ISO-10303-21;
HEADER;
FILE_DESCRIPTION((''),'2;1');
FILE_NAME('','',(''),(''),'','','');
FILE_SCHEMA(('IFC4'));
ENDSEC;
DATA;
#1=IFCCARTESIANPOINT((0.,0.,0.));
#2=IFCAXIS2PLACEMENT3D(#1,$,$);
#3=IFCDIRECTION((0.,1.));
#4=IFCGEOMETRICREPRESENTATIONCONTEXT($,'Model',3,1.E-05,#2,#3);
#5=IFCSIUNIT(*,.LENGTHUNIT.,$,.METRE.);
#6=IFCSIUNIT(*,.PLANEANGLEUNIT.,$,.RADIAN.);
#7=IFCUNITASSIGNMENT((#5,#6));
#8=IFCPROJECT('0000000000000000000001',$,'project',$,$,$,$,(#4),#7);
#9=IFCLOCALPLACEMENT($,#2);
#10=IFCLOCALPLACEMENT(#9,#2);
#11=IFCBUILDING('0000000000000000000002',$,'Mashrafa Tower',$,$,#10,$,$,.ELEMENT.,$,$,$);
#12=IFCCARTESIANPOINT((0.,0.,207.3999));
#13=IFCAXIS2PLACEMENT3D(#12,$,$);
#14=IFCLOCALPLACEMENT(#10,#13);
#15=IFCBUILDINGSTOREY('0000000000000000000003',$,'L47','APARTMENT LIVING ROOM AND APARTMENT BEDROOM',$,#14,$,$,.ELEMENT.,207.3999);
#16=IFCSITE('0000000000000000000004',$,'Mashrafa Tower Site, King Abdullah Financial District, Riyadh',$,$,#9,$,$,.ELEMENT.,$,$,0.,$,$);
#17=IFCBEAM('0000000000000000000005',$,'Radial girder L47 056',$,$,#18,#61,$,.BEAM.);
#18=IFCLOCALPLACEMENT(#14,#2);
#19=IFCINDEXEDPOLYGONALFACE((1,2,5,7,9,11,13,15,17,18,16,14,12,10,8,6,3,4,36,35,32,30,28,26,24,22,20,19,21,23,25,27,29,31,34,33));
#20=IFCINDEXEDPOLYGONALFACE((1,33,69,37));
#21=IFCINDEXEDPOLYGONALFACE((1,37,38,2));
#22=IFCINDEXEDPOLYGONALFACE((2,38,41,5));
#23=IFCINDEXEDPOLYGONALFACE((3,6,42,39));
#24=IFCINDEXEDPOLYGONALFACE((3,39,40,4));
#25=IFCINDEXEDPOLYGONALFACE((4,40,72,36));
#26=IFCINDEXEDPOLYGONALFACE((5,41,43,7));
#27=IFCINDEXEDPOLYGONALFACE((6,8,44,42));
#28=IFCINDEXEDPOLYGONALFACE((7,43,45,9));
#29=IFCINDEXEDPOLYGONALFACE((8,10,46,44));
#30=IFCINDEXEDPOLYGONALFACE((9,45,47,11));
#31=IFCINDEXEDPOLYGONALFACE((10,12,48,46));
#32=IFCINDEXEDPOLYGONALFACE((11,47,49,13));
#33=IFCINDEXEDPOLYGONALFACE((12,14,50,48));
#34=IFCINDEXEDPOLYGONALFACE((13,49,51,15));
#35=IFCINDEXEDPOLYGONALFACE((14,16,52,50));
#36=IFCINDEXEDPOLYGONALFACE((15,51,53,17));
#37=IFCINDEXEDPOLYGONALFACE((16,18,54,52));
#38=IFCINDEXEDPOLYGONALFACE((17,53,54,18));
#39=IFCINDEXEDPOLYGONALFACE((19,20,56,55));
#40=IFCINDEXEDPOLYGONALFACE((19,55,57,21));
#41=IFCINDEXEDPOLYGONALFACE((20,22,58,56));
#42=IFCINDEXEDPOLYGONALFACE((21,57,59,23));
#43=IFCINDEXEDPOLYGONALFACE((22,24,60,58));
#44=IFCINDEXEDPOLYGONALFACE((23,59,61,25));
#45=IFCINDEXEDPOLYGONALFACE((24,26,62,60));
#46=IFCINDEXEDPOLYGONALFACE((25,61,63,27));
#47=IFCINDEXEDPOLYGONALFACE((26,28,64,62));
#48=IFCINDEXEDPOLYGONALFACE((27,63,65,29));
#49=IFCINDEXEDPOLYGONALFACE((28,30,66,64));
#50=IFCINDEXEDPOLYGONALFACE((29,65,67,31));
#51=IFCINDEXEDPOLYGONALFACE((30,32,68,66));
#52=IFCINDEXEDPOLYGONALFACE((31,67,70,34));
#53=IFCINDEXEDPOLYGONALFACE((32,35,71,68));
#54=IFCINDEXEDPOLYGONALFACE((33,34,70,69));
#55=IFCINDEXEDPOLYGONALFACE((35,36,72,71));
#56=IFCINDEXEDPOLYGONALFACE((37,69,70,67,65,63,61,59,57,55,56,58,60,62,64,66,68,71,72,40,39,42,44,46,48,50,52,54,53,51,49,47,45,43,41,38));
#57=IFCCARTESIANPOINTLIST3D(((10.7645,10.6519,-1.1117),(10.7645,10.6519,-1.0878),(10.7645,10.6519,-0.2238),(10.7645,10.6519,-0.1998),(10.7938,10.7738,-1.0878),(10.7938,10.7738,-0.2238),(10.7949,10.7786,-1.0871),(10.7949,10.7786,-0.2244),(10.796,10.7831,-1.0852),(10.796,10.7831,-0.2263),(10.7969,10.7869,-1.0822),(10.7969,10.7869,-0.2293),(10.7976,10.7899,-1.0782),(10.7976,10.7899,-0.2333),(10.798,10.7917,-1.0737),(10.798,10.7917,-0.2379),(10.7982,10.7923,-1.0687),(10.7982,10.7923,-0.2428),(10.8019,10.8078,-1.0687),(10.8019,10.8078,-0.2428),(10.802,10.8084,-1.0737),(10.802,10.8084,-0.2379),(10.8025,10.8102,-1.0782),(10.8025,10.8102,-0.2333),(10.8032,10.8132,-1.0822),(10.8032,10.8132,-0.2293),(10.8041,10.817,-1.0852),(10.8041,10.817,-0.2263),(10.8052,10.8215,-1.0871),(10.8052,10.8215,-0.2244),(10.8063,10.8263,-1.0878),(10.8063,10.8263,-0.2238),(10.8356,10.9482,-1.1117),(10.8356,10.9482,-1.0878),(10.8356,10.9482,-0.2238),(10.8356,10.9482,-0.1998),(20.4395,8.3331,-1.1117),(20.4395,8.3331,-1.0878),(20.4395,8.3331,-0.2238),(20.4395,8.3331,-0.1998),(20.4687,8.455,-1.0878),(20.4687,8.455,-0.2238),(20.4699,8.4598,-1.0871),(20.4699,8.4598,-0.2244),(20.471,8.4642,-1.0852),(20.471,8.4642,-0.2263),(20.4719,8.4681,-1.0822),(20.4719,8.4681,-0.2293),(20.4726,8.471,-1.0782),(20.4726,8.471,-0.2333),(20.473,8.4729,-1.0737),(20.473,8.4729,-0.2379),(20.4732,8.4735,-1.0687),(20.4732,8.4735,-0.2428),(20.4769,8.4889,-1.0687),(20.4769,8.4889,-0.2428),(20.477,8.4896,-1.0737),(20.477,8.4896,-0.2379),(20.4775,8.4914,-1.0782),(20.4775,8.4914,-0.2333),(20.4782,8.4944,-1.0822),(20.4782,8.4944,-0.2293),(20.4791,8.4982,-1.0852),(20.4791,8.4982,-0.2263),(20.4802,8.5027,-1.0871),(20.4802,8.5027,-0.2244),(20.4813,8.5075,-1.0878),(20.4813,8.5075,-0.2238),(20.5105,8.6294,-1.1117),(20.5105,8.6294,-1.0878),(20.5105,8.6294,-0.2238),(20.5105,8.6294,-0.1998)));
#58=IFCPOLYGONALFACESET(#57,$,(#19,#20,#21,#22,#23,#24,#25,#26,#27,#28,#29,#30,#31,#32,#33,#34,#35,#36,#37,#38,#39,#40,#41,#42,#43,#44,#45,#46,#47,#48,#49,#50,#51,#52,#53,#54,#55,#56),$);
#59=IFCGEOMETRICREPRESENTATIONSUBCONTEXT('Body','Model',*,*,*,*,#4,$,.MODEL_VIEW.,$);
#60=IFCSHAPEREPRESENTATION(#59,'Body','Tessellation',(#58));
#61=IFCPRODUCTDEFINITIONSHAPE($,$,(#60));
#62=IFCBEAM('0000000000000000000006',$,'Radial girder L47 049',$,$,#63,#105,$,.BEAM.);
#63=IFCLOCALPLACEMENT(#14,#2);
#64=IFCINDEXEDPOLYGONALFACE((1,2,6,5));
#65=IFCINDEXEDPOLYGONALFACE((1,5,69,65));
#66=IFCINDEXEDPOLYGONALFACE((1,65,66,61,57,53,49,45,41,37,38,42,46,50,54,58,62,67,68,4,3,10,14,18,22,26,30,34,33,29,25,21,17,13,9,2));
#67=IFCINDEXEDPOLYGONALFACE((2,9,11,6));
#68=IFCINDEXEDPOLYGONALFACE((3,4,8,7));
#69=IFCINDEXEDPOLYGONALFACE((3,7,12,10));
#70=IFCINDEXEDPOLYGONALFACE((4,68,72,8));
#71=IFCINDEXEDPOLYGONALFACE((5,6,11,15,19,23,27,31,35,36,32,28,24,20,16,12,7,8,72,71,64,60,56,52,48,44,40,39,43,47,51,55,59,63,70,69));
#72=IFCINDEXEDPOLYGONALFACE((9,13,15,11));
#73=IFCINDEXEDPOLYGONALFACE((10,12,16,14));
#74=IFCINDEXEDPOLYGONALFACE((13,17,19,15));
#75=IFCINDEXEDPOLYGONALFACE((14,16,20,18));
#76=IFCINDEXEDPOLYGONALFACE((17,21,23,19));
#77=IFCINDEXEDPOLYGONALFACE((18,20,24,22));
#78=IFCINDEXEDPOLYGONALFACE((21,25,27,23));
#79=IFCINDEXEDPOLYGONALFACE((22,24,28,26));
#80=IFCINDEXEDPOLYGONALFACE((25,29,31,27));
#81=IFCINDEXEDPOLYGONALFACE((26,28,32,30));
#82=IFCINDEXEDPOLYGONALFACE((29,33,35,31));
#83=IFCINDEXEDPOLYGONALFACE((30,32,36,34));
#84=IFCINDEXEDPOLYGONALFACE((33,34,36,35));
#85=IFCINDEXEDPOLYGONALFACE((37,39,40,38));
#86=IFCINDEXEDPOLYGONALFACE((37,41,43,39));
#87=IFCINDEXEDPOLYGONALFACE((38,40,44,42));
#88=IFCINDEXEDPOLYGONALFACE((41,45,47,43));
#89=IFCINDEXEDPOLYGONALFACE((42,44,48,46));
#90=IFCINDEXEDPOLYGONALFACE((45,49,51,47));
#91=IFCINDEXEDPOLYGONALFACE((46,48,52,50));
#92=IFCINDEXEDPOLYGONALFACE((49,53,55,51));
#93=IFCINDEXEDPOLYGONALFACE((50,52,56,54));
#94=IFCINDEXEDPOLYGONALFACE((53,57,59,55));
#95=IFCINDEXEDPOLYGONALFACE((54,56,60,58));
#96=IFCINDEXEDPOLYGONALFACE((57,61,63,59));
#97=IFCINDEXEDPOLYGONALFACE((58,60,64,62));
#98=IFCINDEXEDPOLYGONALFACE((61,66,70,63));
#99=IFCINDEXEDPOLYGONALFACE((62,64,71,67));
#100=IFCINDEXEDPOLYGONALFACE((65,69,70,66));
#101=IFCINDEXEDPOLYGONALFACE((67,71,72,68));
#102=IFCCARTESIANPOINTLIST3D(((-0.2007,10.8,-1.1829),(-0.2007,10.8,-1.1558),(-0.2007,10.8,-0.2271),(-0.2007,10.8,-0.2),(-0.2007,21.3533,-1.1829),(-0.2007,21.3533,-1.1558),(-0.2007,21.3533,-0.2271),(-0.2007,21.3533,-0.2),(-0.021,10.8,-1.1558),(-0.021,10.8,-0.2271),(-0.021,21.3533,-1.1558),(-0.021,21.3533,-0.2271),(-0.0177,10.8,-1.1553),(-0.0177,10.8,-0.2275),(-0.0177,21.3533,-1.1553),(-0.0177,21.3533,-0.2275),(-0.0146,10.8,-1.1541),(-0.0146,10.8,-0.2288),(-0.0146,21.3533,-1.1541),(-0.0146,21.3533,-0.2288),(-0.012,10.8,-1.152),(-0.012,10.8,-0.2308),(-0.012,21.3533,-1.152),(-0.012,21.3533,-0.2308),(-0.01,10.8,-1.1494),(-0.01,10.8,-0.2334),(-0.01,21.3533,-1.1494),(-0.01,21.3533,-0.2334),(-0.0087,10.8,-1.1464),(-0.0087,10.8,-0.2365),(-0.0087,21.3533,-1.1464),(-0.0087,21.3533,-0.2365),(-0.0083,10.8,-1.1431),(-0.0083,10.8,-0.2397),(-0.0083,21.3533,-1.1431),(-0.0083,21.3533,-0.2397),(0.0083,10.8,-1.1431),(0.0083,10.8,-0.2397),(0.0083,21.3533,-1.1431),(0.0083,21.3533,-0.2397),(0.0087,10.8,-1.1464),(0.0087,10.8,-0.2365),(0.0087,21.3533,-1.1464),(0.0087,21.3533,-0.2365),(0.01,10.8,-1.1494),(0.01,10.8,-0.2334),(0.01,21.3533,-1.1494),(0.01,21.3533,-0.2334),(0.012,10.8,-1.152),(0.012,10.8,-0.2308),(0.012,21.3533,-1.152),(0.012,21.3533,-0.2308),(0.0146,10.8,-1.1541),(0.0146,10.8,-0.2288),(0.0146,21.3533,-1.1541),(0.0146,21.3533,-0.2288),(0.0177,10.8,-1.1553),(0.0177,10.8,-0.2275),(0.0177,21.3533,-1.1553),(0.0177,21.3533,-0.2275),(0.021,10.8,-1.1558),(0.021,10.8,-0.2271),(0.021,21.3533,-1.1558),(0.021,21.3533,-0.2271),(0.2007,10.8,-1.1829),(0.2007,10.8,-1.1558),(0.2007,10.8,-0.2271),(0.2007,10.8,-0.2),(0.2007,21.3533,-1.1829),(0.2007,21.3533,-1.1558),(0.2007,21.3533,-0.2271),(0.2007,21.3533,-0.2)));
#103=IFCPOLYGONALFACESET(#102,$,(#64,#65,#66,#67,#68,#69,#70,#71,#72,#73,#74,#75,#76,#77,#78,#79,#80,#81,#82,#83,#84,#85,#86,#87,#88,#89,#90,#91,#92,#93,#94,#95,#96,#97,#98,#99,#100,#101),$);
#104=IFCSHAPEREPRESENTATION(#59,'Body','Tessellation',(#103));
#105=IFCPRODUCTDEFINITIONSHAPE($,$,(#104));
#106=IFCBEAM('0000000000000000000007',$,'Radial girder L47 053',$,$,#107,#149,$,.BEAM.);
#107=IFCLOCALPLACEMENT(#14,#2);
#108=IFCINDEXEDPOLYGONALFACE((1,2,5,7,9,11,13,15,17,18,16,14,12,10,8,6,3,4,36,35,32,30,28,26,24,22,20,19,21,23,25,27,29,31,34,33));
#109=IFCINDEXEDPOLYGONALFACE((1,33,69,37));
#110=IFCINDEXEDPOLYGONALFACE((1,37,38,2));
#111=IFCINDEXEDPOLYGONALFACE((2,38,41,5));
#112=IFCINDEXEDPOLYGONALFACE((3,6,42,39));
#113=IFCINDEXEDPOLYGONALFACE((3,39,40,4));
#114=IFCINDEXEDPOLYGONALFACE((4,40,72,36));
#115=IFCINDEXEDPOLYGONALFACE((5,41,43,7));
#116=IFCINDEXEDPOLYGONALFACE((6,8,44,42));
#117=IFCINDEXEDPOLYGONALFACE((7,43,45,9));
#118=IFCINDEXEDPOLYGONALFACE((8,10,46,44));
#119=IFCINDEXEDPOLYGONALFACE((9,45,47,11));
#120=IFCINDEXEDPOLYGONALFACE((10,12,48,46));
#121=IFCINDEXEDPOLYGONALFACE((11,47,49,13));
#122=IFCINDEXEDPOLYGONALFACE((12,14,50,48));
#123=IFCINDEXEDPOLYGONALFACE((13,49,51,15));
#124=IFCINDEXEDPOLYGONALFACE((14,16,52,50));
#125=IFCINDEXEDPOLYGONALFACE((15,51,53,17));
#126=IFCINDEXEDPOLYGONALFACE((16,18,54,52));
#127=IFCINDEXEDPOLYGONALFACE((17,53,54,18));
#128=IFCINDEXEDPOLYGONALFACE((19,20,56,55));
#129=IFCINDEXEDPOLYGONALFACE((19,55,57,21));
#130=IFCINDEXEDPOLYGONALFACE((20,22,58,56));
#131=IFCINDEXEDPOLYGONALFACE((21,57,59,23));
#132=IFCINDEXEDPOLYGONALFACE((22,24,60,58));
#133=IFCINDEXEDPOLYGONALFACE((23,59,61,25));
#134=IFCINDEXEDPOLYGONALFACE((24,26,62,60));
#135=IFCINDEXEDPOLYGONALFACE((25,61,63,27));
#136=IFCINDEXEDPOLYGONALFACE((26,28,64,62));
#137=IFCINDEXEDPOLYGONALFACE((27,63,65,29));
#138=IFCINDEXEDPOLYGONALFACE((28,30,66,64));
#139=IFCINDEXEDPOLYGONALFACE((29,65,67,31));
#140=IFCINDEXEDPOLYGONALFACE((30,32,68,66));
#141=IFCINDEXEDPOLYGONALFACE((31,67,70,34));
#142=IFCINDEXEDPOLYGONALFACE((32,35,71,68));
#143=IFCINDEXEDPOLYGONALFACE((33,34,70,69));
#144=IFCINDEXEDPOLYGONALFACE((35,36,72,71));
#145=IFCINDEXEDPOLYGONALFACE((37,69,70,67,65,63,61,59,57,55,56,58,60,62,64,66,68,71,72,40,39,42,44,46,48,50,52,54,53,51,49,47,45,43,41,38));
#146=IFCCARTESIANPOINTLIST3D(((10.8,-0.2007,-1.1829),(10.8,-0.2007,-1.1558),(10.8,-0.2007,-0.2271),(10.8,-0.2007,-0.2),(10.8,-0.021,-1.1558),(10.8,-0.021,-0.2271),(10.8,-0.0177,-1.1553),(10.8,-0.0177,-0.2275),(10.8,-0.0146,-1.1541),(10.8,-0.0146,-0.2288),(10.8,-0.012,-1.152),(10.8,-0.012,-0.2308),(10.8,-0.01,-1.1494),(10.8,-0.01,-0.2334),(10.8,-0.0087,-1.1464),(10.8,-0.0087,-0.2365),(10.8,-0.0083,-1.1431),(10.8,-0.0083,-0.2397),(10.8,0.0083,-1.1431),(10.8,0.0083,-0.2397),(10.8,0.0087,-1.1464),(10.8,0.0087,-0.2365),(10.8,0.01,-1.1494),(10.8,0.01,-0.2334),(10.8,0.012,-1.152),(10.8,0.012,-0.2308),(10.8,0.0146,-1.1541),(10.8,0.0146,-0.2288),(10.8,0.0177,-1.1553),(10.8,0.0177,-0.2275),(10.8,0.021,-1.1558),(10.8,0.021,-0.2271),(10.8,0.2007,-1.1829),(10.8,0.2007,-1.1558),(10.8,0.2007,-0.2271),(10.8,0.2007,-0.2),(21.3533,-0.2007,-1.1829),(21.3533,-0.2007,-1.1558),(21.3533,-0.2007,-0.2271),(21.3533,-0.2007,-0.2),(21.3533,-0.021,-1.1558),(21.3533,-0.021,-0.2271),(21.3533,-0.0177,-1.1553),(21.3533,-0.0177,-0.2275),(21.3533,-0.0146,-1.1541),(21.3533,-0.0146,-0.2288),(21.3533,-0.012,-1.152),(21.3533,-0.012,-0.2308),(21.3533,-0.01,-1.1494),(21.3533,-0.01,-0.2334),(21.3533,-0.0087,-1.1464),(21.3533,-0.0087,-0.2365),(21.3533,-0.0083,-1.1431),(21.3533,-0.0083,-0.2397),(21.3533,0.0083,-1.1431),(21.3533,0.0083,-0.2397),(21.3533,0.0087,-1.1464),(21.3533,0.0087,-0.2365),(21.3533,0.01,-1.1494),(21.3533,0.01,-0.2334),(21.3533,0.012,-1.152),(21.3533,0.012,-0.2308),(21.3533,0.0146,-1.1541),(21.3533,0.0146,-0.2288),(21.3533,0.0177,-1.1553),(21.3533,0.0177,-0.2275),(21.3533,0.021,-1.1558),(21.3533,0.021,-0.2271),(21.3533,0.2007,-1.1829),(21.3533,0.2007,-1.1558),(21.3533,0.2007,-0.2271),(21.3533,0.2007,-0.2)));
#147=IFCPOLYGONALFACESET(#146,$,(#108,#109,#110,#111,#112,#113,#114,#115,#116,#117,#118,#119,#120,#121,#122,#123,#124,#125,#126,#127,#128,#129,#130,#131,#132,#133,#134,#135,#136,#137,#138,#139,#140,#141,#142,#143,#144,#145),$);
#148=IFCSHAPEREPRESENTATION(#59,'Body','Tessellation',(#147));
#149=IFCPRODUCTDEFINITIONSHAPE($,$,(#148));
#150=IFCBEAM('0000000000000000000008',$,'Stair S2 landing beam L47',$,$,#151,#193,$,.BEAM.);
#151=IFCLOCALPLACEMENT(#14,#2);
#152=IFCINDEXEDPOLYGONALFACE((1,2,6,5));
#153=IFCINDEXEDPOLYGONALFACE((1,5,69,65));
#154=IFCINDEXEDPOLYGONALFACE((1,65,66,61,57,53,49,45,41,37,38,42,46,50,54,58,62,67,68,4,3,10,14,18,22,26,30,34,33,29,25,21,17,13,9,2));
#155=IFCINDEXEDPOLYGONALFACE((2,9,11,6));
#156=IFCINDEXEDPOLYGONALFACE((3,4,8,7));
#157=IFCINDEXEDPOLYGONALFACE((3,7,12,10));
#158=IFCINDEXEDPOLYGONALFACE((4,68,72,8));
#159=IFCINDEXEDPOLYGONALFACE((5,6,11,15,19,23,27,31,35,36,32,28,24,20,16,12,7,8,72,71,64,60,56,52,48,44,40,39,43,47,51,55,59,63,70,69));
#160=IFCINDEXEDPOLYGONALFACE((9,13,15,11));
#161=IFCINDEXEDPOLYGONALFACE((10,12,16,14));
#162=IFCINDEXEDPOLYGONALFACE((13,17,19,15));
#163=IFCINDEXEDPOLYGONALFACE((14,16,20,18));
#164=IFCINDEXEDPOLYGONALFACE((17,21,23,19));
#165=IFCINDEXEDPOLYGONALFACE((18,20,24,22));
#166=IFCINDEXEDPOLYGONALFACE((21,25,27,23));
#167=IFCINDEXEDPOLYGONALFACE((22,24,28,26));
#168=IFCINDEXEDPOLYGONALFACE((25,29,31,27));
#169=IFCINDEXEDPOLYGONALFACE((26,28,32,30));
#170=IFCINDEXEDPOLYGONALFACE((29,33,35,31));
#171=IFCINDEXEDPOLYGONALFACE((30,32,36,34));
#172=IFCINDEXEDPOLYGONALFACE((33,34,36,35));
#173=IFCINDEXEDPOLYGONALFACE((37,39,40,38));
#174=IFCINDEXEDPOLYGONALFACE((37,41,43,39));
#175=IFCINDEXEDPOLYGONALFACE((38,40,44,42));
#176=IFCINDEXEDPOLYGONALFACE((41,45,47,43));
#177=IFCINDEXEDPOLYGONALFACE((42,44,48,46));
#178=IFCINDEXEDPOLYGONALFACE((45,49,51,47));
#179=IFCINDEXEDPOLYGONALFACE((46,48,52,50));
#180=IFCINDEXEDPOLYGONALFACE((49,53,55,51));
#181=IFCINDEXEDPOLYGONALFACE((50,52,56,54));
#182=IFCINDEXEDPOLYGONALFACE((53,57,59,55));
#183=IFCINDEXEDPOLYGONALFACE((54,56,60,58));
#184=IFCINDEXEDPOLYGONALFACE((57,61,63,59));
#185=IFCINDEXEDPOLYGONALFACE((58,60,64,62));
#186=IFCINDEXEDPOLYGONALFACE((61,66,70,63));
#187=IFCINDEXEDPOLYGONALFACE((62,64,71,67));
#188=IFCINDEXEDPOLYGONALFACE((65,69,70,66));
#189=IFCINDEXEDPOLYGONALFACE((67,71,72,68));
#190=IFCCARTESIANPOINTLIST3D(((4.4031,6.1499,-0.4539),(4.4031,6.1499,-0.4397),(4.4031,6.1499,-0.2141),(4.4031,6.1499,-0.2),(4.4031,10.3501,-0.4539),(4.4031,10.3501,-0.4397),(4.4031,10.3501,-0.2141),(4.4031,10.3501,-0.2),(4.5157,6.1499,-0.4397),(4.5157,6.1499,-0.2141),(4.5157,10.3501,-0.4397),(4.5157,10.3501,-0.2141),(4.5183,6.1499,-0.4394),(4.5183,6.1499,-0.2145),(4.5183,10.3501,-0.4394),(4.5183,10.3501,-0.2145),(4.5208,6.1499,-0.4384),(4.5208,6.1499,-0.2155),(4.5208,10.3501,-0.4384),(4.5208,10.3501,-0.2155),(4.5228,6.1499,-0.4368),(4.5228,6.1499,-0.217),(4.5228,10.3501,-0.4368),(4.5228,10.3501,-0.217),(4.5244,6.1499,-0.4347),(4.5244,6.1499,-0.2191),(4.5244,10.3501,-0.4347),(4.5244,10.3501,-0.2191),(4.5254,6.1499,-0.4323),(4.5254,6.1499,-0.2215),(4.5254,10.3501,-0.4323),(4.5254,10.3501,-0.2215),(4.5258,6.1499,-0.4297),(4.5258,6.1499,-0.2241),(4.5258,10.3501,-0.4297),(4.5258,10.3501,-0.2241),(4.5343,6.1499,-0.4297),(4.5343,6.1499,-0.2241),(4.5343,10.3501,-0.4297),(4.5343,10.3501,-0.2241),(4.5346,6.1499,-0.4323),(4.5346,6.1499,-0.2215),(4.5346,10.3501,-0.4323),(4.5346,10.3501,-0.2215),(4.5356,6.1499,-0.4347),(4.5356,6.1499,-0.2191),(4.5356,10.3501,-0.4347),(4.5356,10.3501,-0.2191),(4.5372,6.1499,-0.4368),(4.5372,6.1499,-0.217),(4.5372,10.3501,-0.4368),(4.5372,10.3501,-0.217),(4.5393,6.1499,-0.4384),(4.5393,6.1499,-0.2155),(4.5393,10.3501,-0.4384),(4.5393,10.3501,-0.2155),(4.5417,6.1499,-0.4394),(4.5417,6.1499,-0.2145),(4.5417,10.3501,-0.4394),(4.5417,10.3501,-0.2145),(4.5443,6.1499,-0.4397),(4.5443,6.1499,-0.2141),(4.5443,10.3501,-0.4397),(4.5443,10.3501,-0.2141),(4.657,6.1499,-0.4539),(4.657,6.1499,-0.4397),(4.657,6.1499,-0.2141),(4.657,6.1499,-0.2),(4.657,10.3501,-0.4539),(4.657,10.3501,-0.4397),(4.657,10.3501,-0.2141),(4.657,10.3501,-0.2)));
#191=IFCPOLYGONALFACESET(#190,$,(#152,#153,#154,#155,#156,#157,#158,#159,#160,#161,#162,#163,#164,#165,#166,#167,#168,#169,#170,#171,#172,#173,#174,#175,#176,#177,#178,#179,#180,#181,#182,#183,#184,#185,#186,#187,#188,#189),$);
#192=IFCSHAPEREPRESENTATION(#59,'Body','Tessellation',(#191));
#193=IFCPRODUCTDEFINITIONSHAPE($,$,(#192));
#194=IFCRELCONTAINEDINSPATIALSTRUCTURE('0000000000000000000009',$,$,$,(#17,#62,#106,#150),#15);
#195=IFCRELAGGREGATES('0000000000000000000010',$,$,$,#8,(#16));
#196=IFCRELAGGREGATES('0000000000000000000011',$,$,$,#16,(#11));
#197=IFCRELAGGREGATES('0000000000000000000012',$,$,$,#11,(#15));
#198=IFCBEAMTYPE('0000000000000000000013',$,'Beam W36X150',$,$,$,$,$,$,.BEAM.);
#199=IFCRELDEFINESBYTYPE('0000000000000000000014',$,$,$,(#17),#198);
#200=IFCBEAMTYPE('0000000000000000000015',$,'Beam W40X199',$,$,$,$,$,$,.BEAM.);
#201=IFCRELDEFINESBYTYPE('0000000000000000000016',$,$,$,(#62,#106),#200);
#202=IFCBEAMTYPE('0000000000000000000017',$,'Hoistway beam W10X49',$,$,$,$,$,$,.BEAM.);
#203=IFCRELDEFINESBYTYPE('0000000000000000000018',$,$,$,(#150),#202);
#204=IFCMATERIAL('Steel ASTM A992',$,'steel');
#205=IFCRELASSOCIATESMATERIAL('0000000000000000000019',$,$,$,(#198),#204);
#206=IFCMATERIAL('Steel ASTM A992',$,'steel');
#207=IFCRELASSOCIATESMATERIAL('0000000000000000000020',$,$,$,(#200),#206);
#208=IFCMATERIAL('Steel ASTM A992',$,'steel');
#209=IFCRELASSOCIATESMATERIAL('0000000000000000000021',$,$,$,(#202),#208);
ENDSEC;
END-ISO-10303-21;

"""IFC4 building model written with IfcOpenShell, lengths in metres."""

from ifc_helpers import new_model, si_unit, direction, frame, origin, origin_2d, place, context, subcontext, project, spatial, i_section, extrude, material, material_profile, profile_set, type_object, element, save


model = new_model("IFC4")

# Units and contexts
model_context = context("Model", 3, precision=1e-05, world=origin(), true_north=direction((0.0, 1.0)))
body_context = subcontext(model_context, "Body", "Model", "MODEL_VIEW")
ifc_project = project(units=[si_unit("LENGTHUNIT", "METRE"), si_unit("PLANEANGLEUNIT", "RADIAN")], contexts=[model_context])

# Site, building, storey
site_placement = place(None, origin())
site = spatial("IfcSite", under=ifc_project, at=site_placement, Name="Mashrafa Tower Site, King Abdullah Financial District, Riyadh", CompositionType="ELEMENT", RefElevation=0.0)
building_placement = place(site_placement, origin())
building = spatial("IfcBuilding", under=site, at=building_placement, Name="Mashrafa Tower", CompositionType="ELEMENT")
storey_placement = place(building_placement, frame((0.0, 0.0, 207.3999)))
storey = spatial("IfcBuildingStorey", under=building, at=storey_placement, Name="L47", Description="APARTMENT LIVING ROOM AND APARTMENT BEDROOM", CompositionType="ELEMENT", Elevation=207.3999)

# Beams
ifc_material_1 = material(Name="Steel ASTM A992", Category="steel")
ifc_material_profile_1 = material_profile(ifc_material_1, i_section(OverallWidth=0.3047, OverallDepth=0.9119, WebThickness=0.0159, FlangeThickness=0.0239, FilletRadius=0.019, at=origin_2d()), Name="W36X150")
ifc_profile_set_1 = profile_set([ifc_material_profile_1], Name="Steel ASTM A992")
beam_type_1 = type_object("IfcBeamType", Name="Beam W36X150", PredefinedType="BEAM", material=ifc_profile_set_1)
for number, where, z_axis, x_axis, name in (
    (1, (10.8, 10.8, -0.6558), (0.972459, -0.233072, 0.0), (0.233072, 0.972459, 0.0), "Radial girder L47 056"),
):
    element("IfcBeam", number, at=place(storey_placement, frame(where, z_axis=z_axis, x_axis=x_axis)), inside=storey, type_object=beam_type_1, Name=name, PredefinedType="BEAM", context=body_context, shape_type="SweptSolid", body=[
        extrude(i_section(OverallWidth=0.3047, OverallDepth=0.9119, WebThickness=0.0159, FlangeThickness=0.0239, FilletRadius=0.019, at=origin_2d()), origin(), (0.0, 0.0, 1.0), 9.949),
    ])
ifc_material_2 = material(Name="Steel ASTM A992", Category="steel")
ifc_material_profile_2 = material_profile(ifc_material_2, i_section(OverallWidth=0.4014, OverallDepth=0.9829, WebThickness=0.0166, FlangeThickness=0.0271, FilletRadius=0.0127, at=origin_2d()), Name="W40X199")
ifc_profile_set_2 = profile_set([ifc_material_profile_2], Name="Steel ASTM A992")
beam_type_2 = type_object("IfcBeamType", Name="Beam W40X199", PredefinedType="BEAM", material=ifc_profile_set_2)
for number, where, z_axis, x_axis, name in (
    (2, (0.0, 10.8, -0.6914), (0.0, 1.0, 0.0), (-1.0, 0.0, 0.0), "Radial girder L47 049"),
    (3, (10.8, 0.0, -0.6914), (1.0, 0.0, 0.0), (0.0, 1.0, 0.0), "Radial girder L47 053"),
):
    element("IfcBeam", number, at=place(storey_placement, frame(where, z_axis=z_axis, x_axis=x_axis)), inside=storey, type_object=beam_type_2, Name=name, PredefinedType="BEAM", context=body_context, shape_type="SweptSolid", body=[
        extrude(i_section(OverallWidth=0.4014, OverallDepth=0.9829, WebThickness=0.0166, FlangeThickness=0.0271, FilletRadius=0.0127, at=origin_2d()), origin(), (0.0, 0.0, 1.0), 10.5532),
    ])
ifc_material_3 = material(Name="Steel ASTM A992", Category="steel")
ifc_material_profile_3 = material_profile(ifc_material_3, i_section(OverallWidth=0.2539, OverallDepth=0.2539, WebThickness=0.0085, FlangeThickness=0.0142, FilletRadius=0.01, at=origin_2d()), Name="W10X49")
ifc_profile_set_3 = profile_set([ifc_material_profile_3], Name="Steel ASTM A992")
beam_type_3 = type_object("IfcBeamType", Name="Hoistway beam W10X49", PredefinedType="BEAM", material=ifc_profile_set_3)
beam_1_placement = place(storey_placement, frame((4.53, 6.1499, -0.3269), z_axis=(0.0, 1.0, 0.0), x_axis=(-1.0, 0.0, 0.0)))
element("IfcBeam", 4, at=beam_1_placement, inside=storey, type_object=beam_type_3, Name="Stair S2 landing beam L47", PredefinedType="BEAM", context=body_context, shape_type="SweptSolid", body=[
    extrude(i_section(OverallWidth=0.2539, OverallDepth=0.2539, WebThickness=0.0085, FlangeThickness=0.0142, FilletRadius=0.01, at=origin_2d()), origin(), (0.0, 0.0, 1.0), 4.2002),
])

save(model, "model.ifc")
